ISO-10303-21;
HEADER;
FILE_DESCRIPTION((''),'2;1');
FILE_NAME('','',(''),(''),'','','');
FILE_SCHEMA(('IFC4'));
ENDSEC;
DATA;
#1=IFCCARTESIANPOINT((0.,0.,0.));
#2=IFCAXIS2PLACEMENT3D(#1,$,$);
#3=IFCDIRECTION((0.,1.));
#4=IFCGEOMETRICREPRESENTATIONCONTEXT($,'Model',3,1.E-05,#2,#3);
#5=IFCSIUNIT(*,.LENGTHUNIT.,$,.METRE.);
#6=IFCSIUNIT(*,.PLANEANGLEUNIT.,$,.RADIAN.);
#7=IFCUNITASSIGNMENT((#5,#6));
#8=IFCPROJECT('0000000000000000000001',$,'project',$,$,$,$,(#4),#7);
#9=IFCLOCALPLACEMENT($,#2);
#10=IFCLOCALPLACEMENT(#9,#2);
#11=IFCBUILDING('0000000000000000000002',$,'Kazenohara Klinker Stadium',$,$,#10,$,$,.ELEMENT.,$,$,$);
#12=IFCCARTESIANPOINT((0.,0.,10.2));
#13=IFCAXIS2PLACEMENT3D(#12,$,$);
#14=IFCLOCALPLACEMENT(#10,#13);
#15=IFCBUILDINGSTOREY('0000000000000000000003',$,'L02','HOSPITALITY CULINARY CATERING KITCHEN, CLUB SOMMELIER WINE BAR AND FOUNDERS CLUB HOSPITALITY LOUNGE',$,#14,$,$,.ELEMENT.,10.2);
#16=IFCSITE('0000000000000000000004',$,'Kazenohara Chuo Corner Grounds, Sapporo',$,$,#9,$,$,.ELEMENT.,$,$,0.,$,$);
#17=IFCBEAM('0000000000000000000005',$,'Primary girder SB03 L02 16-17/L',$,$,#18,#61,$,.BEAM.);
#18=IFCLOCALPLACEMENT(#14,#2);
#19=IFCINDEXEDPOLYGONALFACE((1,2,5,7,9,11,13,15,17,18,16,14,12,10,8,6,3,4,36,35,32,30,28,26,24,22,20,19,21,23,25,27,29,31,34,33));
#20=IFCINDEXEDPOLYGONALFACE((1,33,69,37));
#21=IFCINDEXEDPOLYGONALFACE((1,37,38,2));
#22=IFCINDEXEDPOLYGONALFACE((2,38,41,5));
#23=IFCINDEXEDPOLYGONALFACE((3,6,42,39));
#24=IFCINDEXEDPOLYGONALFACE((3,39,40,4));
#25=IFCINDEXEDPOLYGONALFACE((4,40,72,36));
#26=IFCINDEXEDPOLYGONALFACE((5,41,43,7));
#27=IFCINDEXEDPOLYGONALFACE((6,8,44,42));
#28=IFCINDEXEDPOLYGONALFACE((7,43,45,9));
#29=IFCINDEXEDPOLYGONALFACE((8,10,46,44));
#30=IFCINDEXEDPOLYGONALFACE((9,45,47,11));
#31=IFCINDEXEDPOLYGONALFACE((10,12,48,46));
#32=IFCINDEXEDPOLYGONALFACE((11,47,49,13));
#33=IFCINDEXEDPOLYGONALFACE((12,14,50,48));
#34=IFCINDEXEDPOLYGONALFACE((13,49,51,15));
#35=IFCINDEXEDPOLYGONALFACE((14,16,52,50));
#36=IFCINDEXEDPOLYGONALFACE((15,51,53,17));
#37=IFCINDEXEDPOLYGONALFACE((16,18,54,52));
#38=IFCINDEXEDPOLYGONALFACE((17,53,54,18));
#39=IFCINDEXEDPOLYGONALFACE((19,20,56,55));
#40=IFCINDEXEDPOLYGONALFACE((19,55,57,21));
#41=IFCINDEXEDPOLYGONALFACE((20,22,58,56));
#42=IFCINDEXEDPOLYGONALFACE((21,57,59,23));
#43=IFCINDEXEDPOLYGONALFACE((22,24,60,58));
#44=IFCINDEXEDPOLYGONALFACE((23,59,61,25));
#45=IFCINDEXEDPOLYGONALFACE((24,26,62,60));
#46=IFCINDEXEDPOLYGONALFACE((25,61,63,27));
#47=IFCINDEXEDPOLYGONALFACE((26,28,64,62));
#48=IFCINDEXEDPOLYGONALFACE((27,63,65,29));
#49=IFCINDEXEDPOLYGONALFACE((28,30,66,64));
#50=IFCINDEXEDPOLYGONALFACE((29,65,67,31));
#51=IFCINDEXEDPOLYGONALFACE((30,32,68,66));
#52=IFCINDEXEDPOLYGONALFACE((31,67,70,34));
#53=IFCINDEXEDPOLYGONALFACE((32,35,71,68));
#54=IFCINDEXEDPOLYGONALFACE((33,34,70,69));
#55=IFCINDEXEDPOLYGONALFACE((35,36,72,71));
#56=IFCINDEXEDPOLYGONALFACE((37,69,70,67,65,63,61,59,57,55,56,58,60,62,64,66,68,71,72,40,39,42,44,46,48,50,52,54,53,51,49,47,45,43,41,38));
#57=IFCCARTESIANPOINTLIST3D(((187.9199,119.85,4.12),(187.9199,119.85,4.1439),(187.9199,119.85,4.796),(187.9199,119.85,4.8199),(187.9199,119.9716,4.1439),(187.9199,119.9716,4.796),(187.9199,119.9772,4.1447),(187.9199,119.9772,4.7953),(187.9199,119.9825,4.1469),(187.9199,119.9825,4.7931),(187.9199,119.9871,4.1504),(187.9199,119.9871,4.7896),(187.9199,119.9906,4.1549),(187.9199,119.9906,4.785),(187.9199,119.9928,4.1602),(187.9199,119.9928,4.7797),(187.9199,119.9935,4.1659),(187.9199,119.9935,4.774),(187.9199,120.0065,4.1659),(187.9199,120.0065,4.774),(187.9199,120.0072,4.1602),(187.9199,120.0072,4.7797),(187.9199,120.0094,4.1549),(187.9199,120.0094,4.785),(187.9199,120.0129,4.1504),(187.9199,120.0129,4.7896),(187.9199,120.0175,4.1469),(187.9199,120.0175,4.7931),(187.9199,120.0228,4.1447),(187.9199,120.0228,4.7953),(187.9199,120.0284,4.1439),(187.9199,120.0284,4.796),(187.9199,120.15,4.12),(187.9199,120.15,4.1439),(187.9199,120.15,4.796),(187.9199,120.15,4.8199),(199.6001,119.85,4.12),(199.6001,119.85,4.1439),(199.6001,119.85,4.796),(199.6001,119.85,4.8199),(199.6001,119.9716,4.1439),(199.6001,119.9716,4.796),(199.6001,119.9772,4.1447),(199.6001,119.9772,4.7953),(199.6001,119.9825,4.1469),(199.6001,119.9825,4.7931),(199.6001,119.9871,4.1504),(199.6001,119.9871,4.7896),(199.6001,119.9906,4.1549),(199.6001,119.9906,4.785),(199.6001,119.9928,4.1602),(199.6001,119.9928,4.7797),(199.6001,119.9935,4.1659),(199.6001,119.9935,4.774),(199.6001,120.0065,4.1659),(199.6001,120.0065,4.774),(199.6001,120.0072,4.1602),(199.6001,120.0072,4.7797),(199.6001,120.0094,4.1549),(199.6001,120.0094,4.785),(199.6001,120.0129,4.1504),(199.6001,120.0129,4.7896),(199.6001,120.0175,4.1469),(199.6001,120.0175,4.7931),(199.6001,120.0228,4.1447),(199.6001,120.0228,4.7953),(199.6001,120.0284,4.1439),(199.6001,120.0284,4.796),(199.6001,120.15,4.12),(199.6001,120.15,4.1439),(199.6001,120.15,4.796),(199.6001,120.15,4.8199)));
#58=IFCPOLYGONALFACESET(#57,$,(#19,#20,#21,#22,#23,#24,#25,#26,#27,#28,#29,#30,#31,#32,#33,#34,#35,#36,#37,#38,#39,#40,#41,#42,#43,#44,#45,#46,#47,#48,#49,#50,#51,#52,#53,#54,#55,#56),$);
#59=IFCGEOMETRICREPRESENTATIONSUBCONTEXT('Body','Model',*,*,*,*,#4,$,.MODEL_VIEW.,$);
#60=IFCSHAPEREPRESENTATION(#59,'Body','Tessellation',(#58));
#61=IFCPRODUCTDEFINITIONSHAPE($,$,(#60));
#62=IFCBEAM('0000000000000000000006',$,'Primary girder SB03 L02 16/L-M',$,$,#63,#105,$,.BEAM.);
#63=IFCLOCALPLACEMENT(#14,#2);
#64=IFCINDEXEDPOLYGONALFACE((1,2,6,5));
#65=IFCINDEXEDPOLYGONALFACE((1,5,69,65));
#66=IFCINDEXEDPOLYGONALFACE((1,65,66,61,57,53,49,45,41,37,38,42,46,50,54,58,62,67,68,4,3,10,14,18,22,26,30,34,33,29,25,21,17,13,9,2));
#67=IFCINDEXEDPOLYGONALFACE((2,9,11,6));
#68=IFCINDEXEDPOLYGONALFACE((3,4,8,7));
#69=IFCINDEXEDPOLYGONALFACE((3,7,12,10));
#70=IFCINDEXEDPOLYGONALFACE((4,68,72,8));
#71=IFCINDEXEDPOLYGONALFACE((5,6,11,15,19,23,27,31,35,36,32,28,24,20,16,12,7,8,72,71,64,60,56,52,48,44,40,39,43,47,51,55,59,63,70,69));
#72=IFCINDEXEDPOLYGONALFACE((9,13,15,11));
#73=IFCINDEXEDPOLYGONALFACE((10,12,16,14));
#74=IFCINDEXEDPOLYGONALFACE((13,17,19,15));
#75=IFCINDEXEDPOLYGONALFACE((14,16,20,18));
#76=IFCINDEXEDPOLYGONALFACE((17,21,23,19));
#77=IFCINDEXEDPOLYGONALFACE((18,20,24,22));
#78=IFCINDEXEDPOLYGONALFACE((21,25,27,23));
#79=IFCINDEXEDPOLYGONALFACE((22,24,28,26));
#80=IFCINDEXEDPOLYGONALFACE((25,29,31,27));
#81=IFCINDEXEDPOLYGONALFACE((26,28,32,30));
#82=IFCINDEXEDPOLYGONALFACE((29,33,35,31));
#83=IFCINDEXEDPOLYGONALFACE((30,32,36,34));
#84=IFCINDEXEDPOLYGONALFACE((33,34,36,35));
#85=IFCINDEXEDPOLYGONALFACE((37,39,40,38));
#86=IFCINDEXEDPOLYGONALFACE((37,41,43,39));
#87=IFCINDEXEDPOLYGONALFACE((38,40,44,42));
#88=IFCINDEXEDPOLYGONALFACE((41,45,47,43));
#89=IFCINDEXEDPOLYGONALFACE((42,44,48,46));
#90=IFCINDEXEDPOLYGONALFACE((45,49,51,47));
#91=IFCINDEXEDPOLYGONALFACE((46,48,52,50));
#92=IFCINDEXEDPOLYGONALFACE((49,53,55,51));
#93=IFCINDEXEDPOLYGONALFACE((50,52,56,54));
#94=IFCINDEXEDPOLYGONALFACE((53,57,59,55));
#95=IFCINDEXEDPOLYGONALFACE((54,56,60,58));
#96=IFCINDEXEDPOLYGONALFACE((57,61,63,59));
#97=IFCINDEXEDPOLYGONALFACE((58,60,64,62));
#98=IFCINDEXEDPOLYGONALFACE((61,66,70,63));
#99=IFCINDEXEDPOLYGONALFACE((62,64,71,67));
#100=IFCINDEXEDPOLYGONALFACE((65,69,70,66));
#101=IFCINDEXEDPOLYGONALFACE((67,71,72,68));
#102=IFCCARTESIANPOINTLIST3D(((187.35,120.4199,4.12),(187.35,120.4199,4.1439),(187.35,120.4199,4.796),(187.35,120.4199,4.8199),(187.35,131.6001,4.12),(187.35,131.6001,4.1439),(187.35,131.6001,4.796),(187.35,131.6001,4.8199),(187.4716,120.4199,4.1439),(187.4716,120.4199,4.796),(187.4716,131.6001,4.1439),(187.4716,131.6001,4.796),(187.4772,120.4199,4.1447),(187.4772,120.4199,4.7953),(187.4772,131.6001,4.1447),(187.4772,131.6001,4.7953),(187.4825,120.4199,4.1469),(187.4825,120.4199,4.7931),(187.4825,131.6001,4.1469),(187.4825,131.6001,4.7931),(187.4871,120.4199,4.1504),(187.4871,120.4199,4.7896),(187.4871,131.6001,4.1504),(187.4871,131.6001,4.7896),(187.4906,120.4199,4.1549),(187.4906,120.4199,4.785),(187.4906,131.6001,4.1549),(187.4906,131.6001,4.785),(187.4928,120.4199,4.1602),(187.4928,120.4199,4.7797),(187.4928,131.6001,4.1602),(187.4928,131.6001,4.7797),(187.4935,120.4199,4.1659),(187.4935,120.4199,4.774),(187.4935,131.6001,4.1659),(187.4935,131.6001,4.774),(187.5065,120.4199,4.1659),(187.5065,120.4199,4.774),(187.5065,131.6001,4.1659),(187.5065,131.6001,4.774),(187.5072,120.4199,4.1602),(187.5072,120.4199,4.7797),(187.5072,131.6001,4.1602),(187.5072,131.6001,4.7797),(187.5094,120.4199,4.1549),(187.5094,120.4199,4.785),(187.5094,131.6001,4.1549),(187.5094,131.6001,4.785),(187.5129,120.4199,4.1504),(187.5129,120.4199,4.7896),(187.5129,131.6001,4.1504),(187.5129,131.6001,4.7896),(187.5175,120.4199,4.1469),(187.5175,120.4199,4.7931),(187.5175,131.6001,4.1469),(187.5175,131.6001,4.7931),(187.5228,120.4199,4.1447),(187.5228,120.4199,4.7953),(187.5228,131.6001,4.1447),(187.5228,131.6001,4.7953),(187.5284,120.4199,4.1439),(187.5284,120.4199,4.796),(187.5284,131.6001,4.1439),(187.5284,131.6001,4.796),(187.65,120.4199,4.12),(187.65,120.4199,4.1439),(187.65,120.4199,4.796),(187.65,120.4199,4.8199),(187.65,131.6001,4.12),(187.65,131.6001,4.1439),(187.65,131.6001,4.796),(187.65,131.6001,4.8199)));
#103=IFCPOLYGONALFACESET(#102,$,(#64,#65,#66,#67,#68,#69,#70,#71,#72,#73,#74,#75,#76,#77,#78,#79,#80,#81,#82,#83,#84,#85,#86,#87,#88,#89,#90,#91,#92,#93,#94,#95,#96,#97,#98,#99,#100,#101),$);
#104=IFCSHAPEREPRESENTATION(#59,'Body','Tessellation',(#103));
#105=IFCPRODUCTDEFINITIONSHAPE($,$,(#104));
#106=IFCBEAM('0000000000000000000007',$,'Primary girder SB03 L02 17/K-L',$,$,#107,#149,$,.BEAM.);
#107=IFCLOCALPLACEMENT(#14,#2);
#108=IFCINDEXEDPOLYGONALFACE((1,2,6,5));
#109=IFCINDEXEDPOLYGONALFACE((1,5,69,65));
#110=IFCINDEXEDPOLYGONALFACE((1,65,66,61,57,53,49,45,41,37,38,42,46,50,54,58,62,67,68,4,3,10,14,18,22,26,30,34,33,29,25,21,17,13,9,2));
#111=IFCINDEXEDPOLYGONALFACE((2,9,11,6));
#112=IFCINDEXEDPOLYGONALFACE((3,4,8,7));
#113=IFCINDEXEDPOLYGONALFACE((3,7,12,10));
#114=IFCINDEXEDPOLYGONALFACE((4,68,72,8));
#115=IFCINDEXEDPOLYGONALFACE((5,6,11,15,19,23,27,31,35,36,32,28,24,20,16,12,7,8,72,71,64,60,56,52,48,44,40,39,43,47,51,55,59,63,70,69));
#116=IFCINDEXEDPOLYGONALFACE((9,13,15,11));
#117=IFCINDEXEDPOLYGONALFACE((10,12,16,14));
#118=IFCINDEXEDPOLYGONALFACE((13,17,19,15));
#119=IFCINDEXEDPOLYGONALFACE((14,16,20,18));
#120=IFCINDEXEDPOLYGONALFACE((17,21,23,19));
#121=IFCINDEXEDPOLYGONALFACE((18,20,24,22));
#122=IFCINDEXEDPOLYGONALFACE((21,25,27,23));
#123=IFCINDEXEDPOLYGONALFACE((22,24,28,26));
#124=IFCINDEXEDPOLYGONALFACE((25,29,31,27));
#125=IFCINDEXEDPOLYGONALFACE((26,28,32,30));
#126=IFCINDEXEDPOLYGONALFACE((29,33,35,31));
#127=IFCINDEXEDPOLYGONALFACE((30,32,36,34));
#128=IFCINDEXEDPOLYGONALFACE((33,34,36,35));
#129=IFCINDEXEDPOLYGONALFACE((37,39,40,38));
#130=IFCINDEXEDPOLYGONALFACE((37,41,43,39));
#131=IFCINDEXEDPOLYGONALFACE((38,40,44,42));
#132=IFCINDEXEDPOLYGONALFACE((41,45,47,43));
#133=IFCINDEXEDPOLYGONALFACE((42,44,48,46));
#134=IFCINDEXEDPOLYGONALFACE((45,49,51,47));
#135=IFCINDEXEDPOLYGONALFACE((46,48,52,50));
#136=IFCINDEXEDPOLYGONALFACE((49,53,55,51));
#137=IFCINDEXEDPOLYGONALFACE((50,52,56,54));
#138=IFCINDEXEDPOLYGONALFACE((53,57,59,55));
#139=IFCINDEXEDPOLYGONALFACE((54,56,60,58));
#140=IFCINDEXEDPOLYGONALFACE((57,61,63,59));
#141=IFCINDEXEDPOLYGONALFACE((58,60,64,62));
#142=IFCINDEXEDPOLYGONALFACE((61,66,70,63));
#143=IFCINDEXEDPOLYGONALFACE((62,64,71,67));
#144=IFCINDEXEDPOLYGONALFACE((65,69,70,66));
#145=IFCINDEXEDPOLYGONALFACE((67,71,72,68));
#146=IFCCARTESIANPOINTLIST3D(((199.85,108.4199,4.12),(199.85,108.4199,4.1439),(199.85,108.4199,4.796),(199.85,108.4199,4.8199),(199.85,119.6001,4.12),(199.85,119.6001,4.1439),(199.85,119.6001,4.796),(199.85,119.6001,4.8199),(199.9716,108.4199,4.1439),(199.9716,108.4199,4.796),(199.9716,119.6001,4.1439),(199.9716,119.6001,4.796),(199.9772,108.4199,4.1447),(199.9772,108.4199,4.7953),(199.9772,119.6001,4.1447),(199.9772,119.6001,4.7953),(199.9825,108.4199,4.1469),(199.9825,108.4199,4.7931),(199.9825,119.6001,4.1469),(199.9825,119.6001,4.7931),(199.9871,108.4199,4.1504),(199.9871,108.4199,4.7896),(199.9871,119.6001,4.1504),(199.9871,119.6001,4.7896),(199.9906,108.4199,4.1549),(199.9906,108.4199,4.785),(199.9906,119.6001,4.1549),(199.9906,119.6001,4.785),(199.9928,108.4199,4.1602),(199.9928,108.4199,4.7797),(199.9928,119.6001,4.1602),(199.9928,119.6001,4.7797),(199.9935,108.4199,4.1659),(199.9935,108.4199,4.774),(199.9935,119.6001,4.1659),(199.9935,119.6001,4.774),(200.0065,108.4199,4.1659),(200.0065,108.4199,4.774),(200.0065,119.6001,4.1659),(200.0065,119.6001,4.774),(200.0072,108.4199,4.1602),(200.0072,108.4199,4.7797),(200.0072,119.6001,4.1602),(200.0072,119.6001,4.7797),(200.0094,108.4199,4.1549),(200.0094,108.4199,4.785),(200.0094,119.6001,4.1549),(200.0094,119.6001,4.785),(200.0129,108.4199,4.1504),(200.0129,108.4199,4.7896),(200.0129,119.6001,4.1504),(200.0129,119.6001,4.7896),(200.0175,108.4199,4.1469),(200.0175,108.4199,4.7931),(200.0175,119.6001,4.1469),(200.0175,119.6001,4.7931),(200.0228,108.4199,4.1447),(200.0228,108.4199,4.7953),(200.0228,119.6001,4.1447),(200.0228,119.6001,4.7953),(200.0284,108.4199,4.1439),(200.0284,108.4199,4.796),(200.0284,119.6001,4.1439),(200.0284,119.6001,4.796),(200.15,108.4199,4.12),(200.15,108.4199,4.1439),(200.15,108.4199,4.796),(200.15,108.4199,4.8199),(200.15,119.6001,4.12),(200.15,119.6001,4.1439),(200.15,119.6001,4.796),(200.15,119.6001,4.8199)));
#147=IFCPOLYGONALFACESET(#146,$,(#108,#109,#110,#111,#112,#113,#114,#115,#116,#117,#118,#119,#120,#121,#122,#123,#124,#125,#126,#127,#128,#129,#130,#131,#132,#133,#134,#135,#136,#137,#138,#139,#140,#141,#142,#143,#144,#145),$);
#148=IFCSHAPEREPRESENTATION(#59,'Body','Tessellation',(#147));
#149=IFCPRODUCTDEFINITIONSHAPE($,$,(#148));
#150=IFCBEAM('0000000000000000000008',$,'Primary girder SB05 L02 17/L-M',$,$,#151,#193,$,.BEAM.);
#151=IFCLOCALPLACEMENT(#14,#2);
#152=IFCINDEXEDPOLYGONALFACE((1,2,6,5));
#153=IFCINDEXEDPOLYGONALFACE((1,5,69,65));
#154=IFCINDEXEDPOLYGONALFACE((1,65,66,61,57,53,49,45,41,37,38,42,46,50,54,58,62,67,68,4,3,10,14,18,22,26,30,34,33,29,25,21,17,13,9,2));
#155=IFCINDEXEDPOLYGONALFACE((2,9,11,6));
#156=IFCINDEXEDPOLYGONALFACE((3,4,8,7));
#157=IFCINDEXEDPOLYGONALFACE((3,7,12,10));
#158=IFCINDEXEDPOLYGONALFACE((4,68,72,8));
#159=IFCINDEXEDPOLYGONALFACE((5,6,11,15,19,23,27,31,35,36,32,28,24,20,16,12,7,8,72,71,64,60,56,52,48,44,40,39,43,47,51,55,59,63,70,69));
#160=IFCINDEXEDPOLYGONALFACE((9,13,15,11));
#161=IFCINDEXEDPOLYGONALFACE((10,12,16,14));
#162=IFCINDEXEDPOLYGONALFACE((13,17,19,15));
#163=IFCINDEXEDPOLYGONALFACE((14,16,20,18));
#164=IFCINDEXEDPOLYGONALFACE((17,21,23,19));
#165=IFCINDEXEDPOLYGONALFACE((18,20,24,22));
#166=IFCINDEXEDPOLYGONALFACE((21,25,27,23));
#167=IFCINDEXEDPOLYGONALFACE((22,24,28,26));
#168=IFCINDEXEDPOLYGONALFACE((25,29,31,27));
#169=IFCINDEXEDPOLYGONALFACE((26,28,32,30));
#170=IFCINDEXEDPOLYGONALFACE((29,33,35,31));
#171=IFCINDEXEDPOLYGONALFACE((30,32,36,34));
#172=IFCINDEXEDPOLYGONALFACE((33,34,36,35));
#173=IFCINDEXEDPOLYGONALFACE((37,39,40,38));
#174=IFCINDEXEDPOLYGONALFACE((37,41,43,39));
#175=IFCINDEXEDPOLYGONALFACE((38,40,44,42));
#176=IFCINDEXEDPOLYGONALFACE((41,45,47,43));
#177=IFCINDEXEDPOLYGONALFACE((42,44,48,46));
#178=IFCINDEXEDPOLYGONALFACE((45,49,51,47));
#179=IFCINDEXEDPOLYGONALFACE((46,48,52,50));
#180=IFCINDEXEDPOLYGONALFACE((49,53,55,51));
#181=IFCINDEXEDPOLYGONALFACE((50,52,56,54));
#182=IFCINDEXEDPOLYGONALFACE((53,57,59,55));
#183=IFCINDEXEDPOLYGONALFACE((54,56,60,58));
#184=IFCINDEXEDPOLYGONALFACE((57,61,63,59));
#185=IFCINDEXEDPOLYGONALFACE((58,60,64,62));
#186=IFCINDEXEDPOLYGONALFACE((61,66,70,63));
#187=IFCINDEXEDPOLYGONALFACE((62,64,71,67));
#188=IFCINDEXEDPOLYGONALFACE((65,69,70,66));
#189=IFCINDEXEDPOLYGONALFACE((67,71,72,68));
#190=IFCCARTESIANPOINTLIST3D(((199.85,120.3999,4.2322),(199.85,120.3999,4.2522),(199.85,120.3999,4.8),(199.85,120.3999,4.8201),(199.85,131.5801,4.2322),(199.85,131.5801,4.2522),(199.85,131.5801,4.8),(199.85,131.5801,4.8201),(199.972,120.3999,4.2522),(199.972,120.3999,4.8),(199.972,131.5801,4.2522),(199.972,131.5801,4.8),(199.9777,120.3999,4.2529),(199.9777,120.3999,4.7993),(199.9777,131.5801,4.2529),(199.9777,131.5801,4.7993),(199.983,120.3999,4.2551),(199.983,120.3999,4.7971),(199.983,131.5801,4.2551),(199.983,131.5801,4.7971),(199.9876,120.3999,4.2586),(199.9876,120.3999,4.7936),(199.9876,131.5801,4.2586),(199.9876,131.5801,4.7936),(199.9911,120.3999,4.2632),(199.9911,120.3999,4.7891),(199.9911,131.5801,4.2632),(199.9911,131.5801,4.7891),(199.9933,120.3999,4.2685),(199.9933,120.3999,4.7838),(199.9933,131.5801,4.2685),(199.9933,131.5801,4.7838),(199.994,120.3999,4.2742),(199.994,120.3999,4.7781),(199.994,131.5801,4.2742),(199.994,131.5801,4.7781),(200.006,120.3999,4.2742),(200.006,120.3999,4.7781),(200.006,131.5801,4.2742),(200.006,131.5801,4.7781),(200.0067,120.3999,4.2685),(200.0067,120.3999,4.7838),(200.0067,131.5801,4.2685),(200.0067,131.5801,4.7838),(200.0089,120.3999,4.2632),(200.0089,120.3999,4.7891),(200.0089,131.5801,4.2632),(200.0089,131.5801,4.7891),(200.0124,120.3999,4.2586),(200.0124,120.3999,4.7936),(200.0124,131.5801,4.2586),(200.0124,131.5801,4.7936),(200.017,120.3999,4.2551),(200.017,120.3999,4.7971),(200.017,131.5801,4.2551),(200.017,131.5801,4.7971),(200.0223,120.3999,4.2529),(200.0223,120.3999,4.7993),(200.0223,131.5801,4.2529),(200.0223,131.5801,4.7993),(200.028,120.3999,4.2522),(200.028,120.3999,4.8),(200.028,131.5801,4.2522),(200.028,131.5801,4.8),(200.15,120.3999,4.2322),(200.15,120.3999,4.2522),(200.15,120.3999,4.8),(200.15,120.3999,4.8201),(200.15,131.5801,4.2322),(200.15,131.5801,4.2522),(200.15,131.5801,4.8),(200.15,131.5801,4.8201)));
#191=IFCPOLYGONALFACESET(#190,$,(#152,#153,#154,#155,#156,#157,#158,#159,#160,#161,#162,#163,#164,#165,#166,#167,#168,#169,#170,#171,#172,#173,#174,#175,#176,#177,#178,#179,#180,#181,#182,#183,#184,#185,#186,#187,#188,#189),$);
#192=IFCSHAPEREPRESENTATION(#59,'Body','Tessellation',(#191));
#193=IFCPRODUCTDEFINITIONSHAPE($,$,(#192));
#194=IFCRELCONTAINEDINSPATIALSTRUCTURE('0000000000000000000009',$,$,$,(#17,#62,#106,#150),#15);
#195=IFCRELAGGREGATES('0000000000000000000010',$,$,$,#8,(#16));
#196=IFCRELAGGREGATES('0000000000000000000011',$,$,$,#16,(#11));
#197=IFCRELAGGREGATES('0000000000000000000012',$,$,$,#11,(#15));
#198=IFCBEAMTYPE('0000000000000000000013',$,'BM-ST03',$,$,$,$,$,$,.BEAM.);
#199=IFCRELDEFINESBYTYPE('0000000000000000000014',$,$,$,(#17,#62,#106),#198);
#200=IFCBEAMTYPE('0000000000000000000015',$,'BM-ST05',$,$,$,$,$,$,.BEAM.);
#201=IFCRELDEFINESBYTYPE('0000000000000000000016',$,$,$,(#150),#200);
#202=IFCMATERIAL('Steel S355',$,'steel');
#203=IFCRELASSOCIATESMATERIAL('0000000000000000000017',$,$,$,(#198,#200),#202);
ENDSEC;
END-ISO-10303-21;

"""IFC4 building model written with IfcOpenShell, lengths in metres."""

from ifc_helpers import new_model, si_unit, direction, frame, origin, origin_2d, place, context, subcontext, project, spatial, i_section, extrude, material, material_profile, profile_set, type_object, element, save


model = new_model("IFC4")

# Units and contexts
model_context = context("Model", 3, precision=1e-05, world=origin(), true_north=direction((0.0, 1.0)))
body_context = subcontext(model_context, "Body", "Model", "MODEL_VIEW")
ifc_project = project(units=[si_unit("LENGTHUNIT", "METRE"), si_unit("PLANEANGLEUNIT", "RADIAN")], contexts=[model_context])

# Site, building, storey
site_placement = place(None, origin())
site = spatial("IfcSite", under=ifc_project, at=site_placement, Name="Kazenohara Chuo Corner Grounds, Sapporo", CompositionType="ELEMENT", RefElevation=0.0)
building_placement = place(site_placement, origin())
building = spatial("IfcBuilding", under=site, at=building_placement, Name="Kazenohara Klinker Stadium", CompositionType="ELEMENT")
storey_placement = place(building_placement, frame((0.0, 0.0, 10.2)))
storey = spatial("IfcBuildingStorey", under=building, at=storey_placement, Name="L02", Description="HOSPITALITY CULINARY CATERING KITCHEN, CLUB SOMMELIER WINE BAR AND FOUNDERS CLUB HOSPITALITY LOUNGE", CompositionType="ELEMENT", Elevation=10.2)

# Beams
ifc_material_1 = material(Name="Steel S355", Category="steel")
ifc_material_profile_1 = material_profile(ifc_material_1, i_section(OverallWidth=0.3, OverallDepth=0.7, WebThickness=0.0129, FlangeThickness=0.0239, FilletRadius=0.022, at=origin_2d()), Name="H-700x300x13x24")
ifc_profile_set_1 = profile_set([ifc_material_profile_1], Name="Steel S355")
beam_type_1 = type_object("IfcBeamType", Name="BM-ST03", PredefinedType="BEAM", material=ifc_profile_set_1)
beam_1_placement = place(storey_placement, frame((187.9199, 120.0, 4.47), z_axis=(1.0, 0.0, 0.0), x_axis=(0.0, 1.0, 0.0)))
element("IfcBeam", 1, at=beam_1_placement, inside=storey, type_object=beam_type_1, Name="Primary girder SB03 L02 16-17/L", PredefinedType="BEAM", context=body_context, shape_type="SweptSolid", body=[
    extrude(i_section(OverallWidth=0.3, OverallDepth=0.7, WebThickness=0.0129, FlangeThickness=0.0239, FilletRadius=0.022, at=origin_2d()), origin(), (0.0, 0.0, 1.0), 11.6802),
])
for number, where, z_axis, x_axis, name in (
    (2, (187.5, 120.4199, 4.47), (0.0, 1.0, 0.0), (-1.0, 0.0, 0.0), "Primary girder SB03 L02 16/L-M"),
    (3, (200.0, 108.4199, 4.47), (0.0, 1.0, 0.0), (-1.0, 0.0, 0.0), "Primary girder SB03 L02 17/K-L"),
):
    element("IfcBeam", number, at=place(storey_placement, frame(where, z_axis=z_axis, x_axis=x_axis)), inside=storey, type_object=beam_type_1, Name=name, PredefinedType="BEAM", context=body_context, shape_type="SweptSolid", body=[
        extrude(i_section(OverallWidth=0.3, OverallDepth=0.7, WebThickness=0.0129, FlangeThickness=0.0239, FilletRadius=0.022, at=origin_2d()), origin(), (0.0, 0.0, 1.0), 11.1802),
    ])
ifc_material_profile_2 = material_profile(ifc_material_1, i_section(OverallWidth=0.3, OverallDepth=0.5879, WebThickness=0.012, FlangeThickness=0.02, FilletRadius=0.022, at=origin_2d()), Name="H-588x300x12x20")
ifc_profile_set_2 = profile_set([ifc_material_profile_2], Name="Steel S355")
beam_type_2 = type_object("IfcBeamType", Name="BM-ST05", PredefinedType="BEAM", material=ifc_profile_set_2)
beam_2_placement = place(storey_placement, frame((200.0, 120.3999, 4.5261), z_axis=(0.0, 1.0, 0.0), x_axis=(-1.0, 0.0, 0.0)))
element("IfcBeam", 4, at=beam_2_placement, inside=storey, type_object=beam_type_2, Name="Primary girder SB05 L02 17/L-M", PredefinedType="BEAM", context=body_context, shape_type="SweptSolid", body=[
    extrude(i_section(OverallWidth=0.3, OverallDepth=0.5879, WebThickness=0.012, FlangeThickness=0.02, FilletRadius=0.022, at=origin_2d()), origin(), (0.0, 0.0, 1.0), 11.1802),
])

save(model, "model.ifc")
